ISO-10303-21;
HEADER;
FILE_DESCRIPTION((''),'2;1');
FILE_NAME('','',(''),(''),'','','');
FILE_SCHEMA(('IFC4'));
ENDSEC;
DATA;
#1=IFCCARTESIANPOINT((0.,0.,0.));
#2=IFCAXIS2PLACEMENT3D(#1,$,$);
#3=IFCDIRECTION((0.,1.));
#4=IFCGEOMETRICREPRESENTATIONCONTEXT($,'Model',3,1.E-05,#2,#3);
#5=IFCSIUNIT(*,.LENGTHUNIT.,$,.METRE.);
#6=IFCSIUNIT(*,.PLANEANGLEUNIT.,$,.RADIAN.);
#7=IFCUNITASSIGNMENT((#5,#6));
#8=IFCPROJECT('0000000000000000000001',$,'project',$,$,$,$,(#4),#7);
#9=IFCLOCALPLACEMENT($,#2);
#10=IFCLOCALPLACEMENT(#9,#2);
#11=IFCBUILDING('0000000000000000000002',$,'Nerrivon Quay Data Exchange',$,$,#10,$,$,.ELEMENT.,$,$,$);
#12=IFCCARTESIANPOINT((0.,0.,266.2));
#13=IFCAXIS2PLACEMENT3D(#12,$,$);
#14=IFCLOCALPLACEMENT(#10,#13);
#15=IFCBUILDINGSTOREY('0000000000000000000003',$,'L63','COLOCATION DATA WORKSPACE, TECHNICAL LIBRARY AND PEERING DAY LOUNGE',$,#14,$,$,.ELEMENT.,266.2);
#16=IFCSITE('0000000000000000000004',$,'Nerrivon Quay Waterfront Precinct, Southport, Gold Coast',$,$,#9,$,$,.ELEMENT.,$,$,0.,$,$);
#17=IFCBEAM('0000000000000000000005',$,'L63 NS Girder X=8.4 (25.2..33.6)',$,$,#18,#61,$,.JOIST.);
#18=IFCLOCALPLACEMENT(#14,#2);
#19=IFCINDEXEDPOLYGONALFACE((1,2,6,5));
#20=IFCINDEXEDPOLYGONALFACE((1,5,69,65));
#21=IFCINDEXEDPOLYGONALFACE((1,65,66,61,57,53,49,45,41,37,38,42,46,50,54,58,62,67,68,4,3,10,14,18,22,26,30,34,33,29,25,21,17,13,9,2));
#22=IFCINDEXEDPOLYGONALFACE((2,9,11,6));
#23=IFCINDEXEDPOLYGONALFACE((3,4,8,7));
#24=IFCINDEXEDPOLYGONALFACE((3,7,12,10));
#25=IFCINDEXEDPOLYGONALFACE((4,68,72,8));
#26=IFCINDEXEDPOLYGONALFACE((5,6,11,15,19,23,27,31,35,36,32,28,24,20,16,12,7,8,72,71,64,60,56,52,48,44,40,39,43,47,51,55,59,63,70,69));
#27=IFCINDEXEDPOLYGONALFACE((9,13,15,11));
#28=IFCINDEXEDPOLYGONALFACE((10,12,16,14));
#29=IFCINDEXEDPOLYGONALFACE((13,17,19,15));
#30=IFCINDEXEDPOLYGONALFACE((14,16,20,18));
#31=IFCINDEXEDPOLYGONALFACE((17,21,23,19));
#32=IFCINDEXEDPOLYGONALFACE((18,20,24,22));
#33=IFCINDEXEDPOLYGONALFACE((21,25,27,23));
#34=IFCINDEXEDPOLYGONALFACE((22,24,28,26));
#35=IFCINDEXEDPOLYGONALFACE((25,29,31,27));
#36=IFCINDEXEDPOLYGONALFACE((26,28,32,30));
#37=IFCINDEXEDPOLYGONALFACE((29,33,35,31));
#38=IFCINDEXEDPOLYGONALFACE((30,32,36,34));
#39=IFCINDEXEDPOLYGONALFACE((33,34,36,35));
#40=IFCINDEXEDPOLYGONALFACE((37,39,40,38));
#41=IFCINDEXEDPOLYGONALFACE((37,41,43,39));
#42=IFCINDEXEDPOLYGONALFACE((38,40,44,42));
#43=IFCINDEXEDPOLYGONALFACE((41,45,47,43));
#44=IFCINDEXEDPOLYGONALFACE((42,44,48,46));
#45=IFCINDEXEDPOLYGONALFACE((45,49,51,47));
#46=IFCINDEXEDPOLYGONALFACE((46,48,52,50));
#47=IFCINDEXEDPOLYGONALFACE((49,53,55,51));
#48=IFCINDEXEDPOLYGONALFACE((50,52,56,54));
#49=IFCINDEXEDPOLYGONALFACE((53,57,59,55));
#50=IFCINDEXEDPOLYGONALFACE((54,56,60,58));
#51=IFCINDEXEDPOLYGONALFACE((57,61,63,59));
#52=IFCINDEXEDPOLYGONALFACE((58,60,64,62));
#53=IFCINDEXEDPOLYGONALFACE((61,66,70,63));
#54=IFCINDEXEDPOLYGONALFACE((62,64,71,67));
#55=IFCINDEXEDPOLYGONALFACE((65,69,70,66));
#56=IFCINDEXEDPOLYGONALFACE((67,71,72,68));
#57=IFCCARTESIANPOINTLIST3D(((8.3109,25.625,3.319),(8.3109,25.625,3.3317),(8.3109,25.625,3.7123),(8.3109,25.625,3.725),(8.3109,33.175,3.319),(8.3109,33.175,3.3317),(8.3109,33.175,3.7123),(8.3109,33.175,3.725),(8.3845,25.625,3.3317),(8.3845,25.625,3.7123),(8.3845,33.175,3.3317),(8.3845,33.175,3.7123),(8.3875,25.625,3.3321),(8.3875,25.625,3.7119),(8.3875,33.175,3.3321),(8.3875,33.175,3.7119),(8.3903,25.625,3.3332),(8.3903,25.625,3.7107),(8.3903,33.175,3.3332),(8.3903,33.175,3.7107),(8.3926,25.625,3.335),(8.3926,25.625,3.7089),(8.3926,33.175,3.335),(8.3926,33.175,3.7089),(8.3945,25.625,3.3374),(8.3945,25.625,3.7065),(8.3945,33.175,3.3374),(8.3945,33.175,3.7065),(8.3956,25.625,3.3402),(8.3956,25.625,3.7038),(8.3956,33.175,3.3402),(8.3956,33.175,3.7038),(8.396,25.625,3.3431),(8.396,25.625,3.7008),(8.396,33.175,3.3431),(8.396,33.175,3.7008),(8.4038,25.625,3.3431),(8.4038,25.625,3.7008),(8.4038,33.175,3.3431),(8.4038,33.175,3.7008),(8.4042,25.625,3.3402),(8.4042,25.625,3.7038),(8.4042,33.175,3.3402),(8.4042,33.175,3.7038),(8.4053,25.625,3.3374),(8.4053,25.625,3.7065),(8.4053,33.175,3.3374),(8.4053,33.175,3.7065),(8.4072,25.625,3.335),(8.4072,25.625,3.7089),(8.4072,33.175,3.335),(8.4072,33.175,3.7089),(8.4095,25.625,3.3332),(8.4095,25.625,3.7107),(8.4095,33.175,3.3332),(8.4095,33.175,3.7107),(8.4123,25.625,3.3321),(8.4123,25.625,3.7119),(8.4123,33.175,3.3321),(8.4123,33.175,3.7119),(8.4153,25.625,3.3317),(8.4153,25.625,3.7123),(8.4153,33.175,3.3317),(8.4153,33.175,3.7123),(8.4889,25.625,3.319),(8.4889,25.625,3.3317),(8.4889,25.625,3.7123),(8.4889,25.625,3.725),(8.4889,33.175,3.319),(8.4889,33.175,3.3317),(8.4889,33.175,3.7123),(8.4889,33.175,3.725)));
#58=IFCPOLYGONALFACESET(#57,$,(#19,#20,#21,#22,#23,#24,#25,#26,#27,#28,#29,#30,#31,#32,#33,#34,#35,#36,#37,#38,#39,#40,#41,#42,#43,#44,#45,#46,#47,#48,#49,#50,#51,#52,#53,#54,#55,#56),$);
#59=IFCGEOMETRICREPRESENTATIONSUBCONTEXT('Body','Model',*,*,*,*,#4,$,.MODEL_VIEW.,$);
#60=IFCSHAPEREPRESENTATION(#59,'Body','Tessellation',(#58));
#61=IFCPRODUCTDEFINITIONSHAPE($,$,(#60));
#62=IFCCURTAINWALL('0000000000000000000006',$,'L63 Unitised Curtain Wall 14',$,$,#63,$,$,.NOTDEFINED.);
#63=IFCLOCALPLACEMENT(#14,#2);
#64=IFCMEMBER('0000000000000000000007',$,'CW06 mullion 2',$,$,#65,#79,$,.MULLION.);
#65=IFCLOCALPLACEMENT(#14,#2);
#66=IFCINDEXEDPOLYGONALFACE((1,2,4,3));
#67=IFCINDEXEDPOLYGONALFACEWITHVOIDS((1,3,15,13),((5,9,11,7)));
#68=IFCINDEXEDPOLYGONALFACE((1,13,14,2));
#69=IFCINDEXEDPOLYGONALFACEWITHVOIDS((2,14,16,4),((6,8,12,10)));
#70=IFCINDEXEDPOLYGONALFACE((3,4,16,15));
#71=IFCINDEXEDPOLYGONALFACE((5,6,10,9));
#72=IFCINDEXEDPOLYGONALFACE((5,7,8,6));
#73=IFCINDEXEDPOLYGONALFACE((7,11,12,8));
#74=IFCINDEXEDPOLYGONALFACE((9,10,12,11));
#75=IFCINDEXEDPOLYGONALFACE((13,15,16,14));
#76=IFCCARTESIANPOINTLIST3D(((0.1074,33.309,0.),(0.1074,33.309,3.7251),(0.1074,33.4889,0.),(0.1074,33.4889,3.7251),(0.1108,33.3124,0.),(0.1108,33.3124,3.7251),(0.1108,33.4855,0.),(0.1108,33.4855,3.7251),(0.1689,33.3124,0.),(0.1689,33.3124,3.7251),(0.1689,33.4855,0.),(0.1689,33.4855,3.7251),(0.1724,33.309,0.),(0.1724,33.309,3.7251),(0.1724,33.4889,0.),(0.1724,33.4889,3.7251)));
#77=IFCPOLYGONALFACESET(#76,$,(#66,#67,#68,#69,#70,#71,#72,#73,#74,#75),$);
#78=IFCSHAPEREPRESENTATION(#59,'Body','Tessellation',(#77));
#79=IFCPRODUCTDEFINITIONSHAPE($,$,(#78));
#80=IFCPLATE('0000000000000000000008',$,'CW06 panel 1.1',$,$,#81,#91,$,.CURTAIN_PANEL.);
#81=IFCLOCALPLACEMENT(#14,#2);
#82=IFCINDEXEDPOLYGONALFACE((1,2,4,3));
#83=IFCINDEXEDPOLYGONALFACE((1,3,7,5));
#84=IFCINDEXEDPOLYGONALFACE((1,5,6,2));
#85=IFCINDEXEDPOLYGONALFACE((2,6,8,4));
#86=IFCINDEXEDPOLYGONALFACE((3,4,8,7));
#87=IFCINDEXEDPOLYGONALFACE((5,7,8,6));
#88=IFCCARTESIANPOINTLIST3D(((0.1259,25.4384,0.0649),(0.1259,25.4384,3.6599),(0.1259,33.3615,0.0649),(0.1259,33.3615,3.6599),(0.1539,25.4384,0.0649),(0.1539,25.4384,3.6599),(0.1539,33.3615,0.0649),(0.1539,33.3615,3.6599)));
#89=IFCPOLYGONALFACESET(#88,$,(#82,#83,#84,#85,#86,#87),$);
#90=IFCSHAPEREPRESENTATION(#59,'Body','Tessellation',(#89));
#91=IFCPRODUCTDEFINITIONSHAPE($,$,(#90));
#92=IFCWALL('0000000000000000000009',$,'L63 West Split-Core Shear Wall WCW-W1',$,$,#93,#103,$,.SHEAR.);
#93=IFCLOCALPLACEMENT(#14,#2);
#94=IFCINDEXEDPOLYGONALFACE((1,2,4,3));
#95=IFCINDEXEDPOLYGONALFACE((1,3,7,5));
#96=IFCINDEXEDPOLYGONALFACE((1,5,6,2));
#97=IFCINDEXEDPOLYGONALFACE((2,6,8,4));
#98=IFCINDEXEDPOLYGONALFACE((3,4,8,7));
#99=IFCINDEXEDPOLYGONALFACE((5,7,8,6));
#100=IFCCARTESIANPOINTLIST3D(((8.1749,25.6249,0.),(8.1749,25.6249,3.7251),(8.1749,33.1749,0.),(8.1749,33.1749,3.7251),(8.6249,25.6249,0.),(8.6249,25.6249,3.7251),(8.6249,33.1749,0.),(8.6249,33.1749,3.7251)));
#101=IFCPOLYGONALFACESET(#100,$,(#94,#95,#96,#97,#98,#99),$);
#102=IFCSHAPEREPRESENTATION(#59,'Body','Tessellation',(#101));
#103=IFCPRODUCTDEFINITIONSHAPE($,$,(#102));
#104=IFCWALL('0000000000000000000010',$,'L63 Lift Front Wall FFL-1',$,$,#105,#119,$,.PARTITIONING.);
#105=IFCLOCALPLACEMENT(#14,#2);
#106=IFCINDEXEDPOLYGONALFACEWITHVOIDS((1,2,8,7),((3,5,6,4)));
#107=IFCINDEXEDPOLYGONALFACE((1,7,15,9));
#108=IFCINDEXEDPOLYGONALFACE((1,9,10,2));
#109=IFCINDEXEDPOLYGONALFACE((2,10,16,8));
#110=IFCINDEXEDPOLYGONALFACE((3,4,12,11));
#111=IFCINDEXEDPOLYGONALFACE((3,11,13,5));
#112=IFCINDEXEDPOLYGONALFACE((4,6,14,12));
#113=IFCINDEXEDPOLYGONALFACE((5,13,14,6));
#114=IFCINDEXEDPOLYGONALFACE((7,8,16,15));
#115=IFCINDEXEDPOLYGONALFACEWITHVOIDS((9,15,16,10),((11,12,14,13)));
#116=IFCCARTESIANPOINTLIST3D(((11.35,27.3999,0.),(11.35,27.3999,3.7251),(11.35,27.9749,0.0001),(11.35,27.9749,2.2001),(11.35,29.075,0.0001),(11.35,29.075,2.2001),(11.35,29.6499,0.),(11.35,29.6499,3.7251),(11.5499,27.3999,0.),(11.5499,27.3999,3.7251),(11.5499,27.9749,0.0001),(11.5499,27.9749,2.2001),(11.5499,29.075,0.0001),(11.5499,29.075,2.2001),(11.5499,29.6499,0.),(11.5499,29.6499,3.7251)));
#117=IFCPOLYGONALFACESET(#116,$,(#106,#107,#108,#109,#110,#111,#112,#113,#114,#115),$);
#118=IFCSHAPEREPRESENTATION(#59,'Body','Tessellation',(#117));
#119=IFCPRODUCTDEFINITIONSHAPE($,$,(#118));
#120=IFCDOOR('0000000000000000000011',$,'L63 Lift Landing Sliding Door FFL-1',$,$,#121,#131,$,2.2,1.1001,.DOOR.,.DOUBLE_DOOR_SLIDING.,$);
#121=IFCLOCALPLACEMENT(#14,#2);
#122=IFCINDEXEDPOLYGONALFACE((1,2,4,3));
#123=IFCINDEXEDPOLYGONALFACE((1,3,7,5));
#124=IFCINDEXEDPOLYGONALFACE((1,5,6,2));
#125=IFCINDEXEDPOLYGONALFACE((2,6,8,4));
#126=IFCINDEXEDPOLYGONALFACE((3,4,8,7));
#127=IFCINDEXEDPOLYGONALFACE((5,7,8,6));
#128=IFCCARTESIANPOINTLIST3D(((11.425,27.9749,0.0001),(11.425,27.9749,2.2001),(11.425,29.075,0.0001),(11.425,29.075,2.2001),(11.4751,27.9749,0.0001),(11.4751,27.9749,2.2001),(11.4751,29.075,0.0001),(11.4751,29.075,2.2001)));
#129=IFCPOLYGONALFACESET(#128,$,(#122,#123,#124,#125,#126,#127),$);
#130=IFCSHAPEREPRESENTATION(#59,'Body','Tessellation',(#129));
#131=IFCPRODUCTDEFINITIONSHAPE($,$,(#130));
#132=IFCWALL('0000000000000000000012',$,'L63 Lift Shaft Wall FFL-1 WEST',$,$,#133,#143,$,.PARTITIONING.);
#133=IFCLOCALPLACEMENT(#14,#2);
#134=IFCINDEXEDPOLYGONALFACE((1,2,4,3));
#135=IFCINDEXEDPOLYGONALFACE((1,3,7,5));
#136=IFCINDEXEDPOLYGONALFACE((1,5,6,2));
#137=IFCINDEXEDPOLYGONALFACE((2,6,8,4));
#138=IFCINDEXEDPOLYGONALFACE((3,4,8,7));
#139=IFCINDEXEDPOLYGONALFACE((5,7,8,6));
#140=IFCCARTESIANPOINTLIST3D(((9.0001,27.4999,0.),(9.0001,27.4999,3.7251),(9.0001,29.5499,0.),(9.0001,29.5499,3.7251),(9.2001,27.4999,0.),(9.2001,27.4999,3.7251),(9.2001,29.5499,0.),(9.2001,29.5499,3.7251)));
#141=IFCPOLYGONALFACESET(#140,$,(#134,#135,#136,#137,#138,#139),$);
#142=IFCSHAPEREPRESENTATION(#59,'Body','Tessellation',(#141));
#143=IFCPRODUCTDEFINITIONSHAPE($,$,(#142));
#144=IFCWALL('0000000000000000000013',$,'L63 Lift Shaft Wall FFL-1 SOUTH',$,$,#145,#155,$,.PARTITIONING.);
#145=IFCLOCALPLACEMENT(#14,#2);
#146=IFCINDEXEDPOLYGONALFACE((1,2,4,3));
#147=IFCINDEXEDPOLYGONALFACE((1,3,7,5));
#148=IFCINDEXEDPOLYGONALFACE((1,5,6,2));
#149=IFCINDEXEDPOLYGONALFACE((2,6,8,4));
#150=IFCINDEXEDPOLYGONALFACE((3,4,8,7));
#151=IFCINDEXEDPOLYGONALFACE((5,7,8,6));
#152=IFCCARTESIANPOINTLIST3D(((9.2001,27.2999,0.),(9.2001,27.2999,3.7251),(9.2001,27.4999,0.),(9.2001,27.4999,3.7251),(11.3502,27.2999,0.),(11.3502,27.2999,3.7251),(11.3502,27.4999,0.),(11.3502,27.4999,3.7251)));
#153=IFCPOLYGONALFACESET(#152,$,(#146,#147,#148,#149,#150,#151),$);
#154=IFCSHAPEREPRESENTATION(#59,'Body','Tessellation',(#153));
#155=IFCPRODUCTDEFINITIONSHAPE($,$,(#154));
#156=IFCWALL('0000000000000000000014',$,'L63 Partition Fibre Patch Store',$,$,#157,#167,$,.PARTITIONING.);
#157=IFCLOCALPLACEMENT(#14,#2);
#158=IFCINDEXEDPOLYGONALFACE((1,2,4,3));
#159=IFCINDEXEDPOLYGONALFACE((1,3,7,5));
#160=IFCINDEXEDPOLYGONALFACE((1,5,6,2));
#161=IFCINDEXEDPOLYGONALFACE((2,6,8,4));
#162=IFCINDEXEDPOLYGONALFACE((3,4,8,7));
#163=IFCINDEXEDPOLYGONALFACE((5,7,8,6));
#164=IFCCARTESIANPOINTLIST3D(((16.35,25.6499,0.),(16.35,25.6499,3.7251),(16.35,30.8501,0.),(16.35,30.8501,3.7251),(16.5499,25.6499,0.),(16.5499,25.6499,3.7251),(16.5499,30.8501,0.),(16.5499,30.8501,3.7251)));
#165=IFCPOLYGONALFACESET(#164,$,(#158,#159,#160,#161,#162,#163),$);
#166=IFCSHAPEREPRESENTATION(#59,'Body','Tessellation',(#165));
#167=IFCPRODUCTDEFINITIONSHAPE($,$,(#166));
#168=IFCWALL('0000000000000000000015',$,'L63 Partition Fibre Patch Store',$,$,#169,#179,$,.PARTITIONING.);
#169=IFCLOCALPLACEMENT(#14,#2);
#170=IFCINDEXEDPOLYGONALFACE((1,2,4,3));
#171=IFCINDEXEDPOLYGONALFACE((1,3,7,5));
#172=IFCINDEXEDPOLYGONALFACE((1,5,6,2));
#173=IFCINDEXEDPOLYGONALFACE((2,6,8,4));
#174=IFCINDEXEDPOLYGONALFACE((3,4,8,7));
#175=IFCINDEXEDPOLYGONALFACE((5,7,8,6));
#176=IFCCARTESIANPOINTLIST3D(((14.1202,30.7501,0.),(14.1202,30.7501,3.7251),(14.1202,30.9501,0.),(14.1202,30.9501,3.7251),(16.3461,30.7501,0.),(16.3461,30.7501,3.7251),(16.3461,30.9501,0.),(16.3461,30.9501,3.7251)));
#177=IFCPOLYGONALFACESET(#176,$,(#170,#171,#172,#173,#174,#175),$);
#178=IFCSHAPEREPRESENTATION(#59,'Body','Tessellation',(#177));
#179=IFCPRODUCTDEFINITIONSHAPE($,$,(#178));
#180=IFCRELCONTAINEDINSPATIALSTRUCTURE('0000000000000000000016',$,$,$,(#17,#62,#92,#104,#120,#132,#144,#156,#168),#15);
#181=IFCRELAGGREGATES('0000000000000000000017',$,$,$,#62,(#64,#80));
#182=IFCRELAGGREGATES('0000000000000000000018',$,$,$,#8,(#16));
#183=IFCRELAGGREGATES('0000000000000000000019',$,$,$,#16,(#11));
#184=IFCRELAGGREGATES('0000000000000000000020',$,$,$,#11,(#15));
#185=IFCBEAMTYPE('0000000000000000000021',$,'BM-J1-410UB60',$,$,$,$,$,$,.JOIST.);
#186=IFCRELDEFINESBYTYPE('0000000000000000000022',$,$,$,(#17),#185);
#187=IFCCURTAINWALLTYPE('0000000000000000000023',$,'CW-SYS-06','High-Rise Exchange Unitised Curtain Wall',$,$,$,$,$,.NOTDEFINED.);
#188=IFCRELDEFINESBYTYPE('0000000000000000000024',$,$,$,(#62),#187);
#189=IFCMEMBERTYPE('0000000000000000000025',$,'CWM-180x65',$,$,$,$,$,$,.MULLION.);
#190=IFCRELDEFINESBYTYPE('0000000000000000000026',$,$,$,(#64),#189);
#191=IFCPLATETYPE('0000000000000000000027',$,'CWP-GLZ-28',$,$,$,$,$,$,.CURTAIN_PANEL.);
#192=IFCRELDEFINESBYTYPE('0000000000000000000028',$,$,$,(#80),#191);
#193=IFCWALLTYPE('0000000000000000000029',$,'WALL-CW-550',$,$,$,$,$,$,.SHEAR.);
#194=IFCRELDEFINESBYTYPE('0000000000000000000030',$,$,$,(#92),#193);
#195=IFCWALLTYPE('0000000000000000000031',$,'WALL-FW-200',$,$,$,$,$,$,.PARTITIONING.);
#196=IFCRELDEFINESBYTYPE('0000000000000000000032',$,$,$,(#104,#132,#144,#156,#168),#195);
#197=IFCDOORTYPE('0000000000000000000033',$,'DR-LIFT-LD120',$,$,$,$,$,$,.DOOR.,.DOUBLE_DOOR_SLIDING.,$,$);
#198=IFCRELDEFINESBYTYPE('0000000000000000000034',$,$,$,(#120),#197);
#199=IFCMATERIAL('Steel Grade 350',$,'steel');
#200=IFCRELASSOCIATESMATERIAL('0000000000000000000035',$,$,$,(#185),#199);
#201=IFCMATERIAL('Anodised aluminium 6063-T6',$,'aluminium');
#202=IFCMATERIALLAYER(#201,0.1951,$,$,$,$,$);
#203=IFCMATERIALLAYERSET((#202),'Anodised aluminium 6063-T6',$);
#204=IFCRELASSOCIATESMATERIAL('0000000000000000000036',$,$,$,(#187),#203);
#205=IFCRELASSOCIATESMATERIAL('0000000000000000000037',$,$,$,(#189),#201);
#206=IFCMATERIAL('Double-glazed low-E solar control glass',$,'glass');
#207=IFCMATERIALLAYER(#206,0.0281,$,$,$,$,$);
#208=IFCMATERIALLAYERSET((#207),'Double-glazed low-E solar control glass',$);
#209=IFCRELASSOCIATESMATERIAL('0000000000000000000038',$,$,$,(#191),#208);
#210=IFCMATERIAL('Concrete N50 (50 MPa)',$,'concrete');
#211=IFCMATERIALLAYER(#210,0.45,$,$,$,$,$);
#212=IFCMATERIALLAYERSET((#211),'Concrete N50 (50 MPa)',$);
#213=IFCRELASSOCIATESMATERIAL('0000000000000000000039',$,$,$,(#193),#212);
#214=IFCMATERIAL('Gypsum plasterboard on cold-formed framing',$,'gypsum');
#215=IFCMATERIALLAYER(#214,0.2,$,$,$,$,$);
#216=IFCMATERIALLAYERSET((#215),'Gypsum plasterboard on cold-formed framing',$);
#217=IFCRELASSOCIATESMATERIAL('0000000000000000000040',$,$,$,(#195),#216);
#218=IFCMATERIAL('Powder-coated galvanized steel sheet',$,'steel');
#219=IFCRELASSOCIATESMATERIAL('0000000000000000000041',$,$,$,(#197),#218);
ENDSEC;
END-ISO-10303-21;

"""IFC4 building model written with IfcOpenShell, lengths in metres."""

from ifc_helpers import new_model, si_unit, direction, frame, frame_2d, origin, origin_2d, place, context, subcontext, project, spatial, rectangle, hollow_rectangle, i_section, extrude, material, layer, layer_set, material_profile, profile_set, type_object, element, fill, aggregate, save


model = new_model("IFC4")

# Units and contexts
model_context = context("Model", 3, precision=1e-05, world=origin(), true_north=direction((0.0, 1.0)))
body_context = subcontext(model_context, "Body", "Model", "MODEL_VIEW")
ifc_project = project(units=[si_unit("LENGTHUNIT", "METRE"), si_unit("PLANEANGLEUNIT", "RADIAN")], contexts=[model_context])

# Site, building, storey
site_placement = place(None, origin())
site = spatial("IfcSite", under=ifc_project, at=site_placement, Name="Nerrivon Quay Waterfront Precinct, Southport, Gold Coast", CompositionType="ELEMENT", RefElevation=0.0)
building_placement = place(site_placement, origin())
building = spatial("IfcBuilding", under=site, at=building_placement, Name="Nerrivon Quay Data Exchange", CompositionType="ELEMENT")
storey_placement = place(building_placement, frame((0.0, 0.0, 266.2)))
storey = spatial("IfcBuildingStorey", under=building, at=storey_placement, Name="L63", Description="COLOCATION DATA WORKSPACE, TECHNICAL LIBRARY AND PEERING DAY LOUNGE", CompositionType="ELEMENT", Elevation=266.2)

# Beam
ifc_material_1 = material(Name="Steel Grade 350", Category="steel")
ifc_material_profile_1 = material_profile(ifc_material_1, i_section(OverallWidth=0.178, OverallDepth=0.406, WebThickness=0.0078, FlangeThickness=0.0127, FilletRadius=0.0115, at=origin_2d()), Name="410UB59.7")
ifc_profile_set_1 = profile_set([ifc_material_profile_1], Name="Steel Grade 350")
beam_type = type_object("IfcBeamType", Name="BM-J1-410UB60", PredefinedType="JOIST", material=ifc_profile_set_1)
beam_placement = place(storey_placement, frame((8.3999, 25.625, 3.522), z_axis=(0.0, 1.0, 0.0), x_axis=(-1.0, 0.0, 0.0)))
element("IfcBeam", 1, at=beam_placement, inside=storey, type_object=beam_type, Name="L63 NS Girder X=8.4 (25.2..33.6)", PredefinedType="JOIST", context=body_context, shape_type="SweptSolid", body=[
    extrude(i_section(OverallWidth=0.178, OverallDepth=0.406, WebThickness=0.0078, FlangeThickness=0.0127, FilletRadius=0.0115, at=origin_2d()), origin(), (0.0, 0.0, 1.0), 7.55),
])

# Curtain wall, member, plate
ifc_material_2 = material(Name="Anodised aluminium 6063-T6", Category="aluminium")
ifc_layer_1 = layer(ifc_material_2, 0.1951)
ifc_layer_set_1 = layer_set([ifc_layer_1], Name="Anodised aluminium 6063-T6")
curtain_wall_type = type_object("IfcCurtainWallType", Name="CW-SYS-06", Description="High-Rise Exchange Unitised Curtain Wall", PredefinedType="NOTDEFINED", material=ifc_layer_set_1)
curtain_wall_placement = place(storey_placement, origin())
curtain_wall = element("IfcCurtainWall", 2, at=curtain_wall_placement, inside=storey, type_object=curtain_wall_type, Name="L63 Unitised Curtain Wall 14", PredefinedType="NOTDEFINED")
ifc_material_profile_2 = material_profile(ifc_material_2, hollow_rectangle(XDim=0.0649, YDim=0.1799, WallThickness=0.0034, at=origin_2d()), Name="ALU-MULL-180x65")
ifc_profile_set_2 = profile_set([ifc_material_profile_2], Name="Anodised aluminium 6063-T6")
member_type = type_object("IfcMemberType", Name="CWM-180x65", PredefinedType="MULLION", material=ifc_profile_set_2)
member_placement = place(storey_placement, frame((0.1399, 33.3989, 0.0), z_axis=(0.0, 0.0, 1.0), x_axis=(-1.0, 0.0, 0.0)))
member = element("IfcMember", 3, at=member_placement, type_object=member_type, Name="CW06 mullion 2", PredefinedType="MULLION", context=body_context, shape_type="SweptSolid", body=[
    extrude(hollow_rectangle(XDim=0.0649, YDim=0.1799, WallThickness=0.0034, at=origin_2d()), origin(), (0.0, 0.0, 1.0), 3.7251),
])
ifc_material_3 = material(Name="Double-glazed low-E solar control glass", Category="glass")
ifc_layer_2 = layer(ifc_material_3, 0.0281)
ifc_layer_set_2 = layer_set([ifc_layer_2], Name="Double-glazed low-E solar control glass")
plate_type = type_object("IfcPlateType", Name="CWP-GLZ-28", PredefinedType="CURTAIN_PANEL", material=ifc_layer_set_2)
plate_placement = place(storey_placement, frame((0.1399, 29.3999, 0.0649), z_axis=(0.0, 0.0, 1.0), x_axis=(0.0, 1.0, 0.0)))
plate = element("IfcPlate", 4, at=plate_placement, type_object=plate_type, Name="CW06 panel 1.1", PredefinedType="CURTAIN_PANEL", context=body_context, shape_type="SweptSolid", body=[
    extrude(rectangle(XDim=7.9231, YDim=0.0281, at=origin_2d()), origin(), (0.0, 0.0, 1.0), 3.595),
])
aggregate(curtain_wall, [member, plate])

# Wall
ifc_material_4 = material(Name="Concrete N50 (50 MPa)", Category="concrete")
ifc_layer_3 = layer(ifc_material_4, 0.45)
ifc_layer_set_3 = layer_set([ifc_layer_3], Name="Concrete N50 (50 MPa)")
wall_type_1 = type_object("IfcWallType", Name="WALL-CW-550", PredefinedType="SHEAR", material=ifc_layer_set_3)
wall_1_placement = place(storey_placement, frame((8.3999, 25.625, 0.0), z_axis=(0.0, 0.0, 1.0), x_axis=(0.0, 1.0, 0.0)))
element("IfcWall", 5, at=wall_1_placement, inside=storey, type_object=wall_type_1, Name="L63 West Split-Core Shear Wall WCW-W1", PredefinedType="SHEAR", context=body_context, shape_type="SweptSolid", body=[
    extrude(rectangle(XDim=7.55, YDim=0.45, at=frame_2d((3.7749, 0.0))), origin(), (0.0, 0.0, 1.0), 3.7251),
])

# Wall, opening, door
ifc_material_5 = material(Name="Gypsum plasterboard on cold-formed framing", Category="gypsum")
ifc_layer_4 = layer(ifc_material_5, 0.2)
ifc_layer_set_4 = layer_set([ifc_layer_4], Name="Gypsum plasterboard on cold-formed framing")
wall_type_2 = type_object("IfcWallType", Name="WALL-FW-200", PredefinedType="PARTITIONING", material=ifc_layer_set_4)
wall_2_placement = place(storey_placement, frame((11.45, 27.3999, 0.0), z_axis=(0.0, 0.0, 1.0), x_axis=(0.0, 1.0, 0.0)))
wall_2 = element("IfcWall", 6, at=wall_2_placement, inside=storey, type_object=wall_type_2, Name="L63 Lift Front Wall FFL-1", PredefinedType="PARTITIONING", context=body_context, shape_type="SweptSolid", body=[
    extrude(rectangle(XDim=2.25, YDim=0.2, at=frame_2d((1.125, 0.0))), origin(), (0.0, 0.0, 1.0), 3.7251),
])
opening_1_placement = place(wall_2_placement, frame((0.575, 0.0, 0.0)))
opening_1 = element("IfcOpeningElement", 7, at=opening_1_placement, cuts=wall_2, PredefinedType="OPENING", context=body_context, shape_type="SweptSolid", body=[
    extrude(rectangle(XDim=1.1001, YDim=2.2, at=frame_2d((0.55, 1.1001))), frame((0.0, 0.1099, 0.0), z_axis=(0.0, -1.0, 0.0), x_axis=(1.0, 0.0, 0.0)), (0.0, 0.0, 1.0), 0.22),
])
ifc_material_6 = material(Name="Powder-coated galvanized steel sheet", Category="steel")
door_type_1 = type_object("IfcDoorType", Name="DR-LIFT-LD120", OperationType="DOUBLE_DOOR_SLIDING", PredefinedType="DOOR", material=ifc_material_6)
door_1_placement = place(opening_1_placement, origin())
door_1 = element("IfcDoor", 8, at=door_1_placement, inside=storey, type_object=door_type_1, Name="L63 Lift Landing Sliding Door FFL-1", OperationType="DOUBLE_DOOR_SLIDING", OverallHeight=2.2, OverallWidth=1.1001, PredefinedType="DOOR", context=body_context, shape_type="SweptSolid", body=[
    extrude(rectangle(XDim=1.1001, YDim=2.2, at=frame_2d((0.55, 1.1001))), frame((0.0, 0.0249, 0.0), z_axis=(0.0, -1.0, 0.0), x_axis=(1.0, 0.0, 0.0)), (0.0, 0.0, 1.0), 0.05),
])
fill(opening_1, door_1)

# Walls
wall_3_placement = place(storey_placement, frame((9.1001, 27.5, 0.0), z_axis=(0.0, 0.0, 1.0), x_axis=(0.0, 1.0, 0.0)))
element("IfcWall", 9, at=wall_3_placement, inside=storey, type_object=wall_type_2, Name="L63 Lift Shaft Wall FFL-1 WEST", PredefinedType="PARTITIONING", context=body_context, shape_type="SweptSolid", body=[
    extrude(rectangle(XDim=2.05, YDim=0.2, at=frame_2d((1.0249, 0.0))), origin(), (0.0, 0.0, 1.0), 3.7251),
])
wall_4_placement = place(storey_placement, frame((9.2, 27.3999, 0.0), z_axis=(0.0, 0.0, 1.0), x_axis=(1.0, 0.0, 0.0)))
element("IfcWall", 10, at=wall_4_placement, inside=storey, type_object=wall_type_2, Name="L63 Lift Shaft Wall FFL-1 SOUTH", PredefinedType="PARTITIONING", context=body_context, shape_type="SweptSolid", body=[
    extrude(rectangle(XDim=2.1501, YDim=0.2, at=frame_2d((1.0752, 0.0))), origin(), (0.0, 0.0, 1.0), 3.7251),
])
wall_5_placement = place(storey_placement, frame((16.45, 25.6499, 0.0), z_axis=(0.0, 0.0, 1.0), x_axis=(0.0, 1.0, 0.0)))
element("IfcWall", 11, at=wall_5_placement, inside=storey, type_object=wall_type_2, Name="L63 Partition Fibre Patch Store", PredefinedType="PARTITIONING", context=body_context, shape_type="SweptSolid", body=[
    extrude(rectangle(XDim=5.2002, YDim=0.2, at=frame_2d((2.6001, 0.0))), origin(), (0.0, 0.0, 1.0), 3.7251),
])
wall_6_placement = place(storey_placement, frame((16.3459, 30.8501, 0.0), z_axis=(0.0, 0.0, 1.0), x_axis=(-1.0, 0.0, 0.0)))
element("IfcWall", 12, at=wall_6_placement, inside=storey, type_object=wall_type_2, Name="L63 Partition Fibre Patch Store", PredefinedType="PARTITIONING", context=body_context, shape_type="SweptSolid", body=[
    extrude(rectangle(XDim=2.2258, YDim=0.2, at=frame_2d((1.1128, 0.0))), origin(), (0.0, 0.0, 1.0), 3.7251),
])

save(model, "model.ifc")
